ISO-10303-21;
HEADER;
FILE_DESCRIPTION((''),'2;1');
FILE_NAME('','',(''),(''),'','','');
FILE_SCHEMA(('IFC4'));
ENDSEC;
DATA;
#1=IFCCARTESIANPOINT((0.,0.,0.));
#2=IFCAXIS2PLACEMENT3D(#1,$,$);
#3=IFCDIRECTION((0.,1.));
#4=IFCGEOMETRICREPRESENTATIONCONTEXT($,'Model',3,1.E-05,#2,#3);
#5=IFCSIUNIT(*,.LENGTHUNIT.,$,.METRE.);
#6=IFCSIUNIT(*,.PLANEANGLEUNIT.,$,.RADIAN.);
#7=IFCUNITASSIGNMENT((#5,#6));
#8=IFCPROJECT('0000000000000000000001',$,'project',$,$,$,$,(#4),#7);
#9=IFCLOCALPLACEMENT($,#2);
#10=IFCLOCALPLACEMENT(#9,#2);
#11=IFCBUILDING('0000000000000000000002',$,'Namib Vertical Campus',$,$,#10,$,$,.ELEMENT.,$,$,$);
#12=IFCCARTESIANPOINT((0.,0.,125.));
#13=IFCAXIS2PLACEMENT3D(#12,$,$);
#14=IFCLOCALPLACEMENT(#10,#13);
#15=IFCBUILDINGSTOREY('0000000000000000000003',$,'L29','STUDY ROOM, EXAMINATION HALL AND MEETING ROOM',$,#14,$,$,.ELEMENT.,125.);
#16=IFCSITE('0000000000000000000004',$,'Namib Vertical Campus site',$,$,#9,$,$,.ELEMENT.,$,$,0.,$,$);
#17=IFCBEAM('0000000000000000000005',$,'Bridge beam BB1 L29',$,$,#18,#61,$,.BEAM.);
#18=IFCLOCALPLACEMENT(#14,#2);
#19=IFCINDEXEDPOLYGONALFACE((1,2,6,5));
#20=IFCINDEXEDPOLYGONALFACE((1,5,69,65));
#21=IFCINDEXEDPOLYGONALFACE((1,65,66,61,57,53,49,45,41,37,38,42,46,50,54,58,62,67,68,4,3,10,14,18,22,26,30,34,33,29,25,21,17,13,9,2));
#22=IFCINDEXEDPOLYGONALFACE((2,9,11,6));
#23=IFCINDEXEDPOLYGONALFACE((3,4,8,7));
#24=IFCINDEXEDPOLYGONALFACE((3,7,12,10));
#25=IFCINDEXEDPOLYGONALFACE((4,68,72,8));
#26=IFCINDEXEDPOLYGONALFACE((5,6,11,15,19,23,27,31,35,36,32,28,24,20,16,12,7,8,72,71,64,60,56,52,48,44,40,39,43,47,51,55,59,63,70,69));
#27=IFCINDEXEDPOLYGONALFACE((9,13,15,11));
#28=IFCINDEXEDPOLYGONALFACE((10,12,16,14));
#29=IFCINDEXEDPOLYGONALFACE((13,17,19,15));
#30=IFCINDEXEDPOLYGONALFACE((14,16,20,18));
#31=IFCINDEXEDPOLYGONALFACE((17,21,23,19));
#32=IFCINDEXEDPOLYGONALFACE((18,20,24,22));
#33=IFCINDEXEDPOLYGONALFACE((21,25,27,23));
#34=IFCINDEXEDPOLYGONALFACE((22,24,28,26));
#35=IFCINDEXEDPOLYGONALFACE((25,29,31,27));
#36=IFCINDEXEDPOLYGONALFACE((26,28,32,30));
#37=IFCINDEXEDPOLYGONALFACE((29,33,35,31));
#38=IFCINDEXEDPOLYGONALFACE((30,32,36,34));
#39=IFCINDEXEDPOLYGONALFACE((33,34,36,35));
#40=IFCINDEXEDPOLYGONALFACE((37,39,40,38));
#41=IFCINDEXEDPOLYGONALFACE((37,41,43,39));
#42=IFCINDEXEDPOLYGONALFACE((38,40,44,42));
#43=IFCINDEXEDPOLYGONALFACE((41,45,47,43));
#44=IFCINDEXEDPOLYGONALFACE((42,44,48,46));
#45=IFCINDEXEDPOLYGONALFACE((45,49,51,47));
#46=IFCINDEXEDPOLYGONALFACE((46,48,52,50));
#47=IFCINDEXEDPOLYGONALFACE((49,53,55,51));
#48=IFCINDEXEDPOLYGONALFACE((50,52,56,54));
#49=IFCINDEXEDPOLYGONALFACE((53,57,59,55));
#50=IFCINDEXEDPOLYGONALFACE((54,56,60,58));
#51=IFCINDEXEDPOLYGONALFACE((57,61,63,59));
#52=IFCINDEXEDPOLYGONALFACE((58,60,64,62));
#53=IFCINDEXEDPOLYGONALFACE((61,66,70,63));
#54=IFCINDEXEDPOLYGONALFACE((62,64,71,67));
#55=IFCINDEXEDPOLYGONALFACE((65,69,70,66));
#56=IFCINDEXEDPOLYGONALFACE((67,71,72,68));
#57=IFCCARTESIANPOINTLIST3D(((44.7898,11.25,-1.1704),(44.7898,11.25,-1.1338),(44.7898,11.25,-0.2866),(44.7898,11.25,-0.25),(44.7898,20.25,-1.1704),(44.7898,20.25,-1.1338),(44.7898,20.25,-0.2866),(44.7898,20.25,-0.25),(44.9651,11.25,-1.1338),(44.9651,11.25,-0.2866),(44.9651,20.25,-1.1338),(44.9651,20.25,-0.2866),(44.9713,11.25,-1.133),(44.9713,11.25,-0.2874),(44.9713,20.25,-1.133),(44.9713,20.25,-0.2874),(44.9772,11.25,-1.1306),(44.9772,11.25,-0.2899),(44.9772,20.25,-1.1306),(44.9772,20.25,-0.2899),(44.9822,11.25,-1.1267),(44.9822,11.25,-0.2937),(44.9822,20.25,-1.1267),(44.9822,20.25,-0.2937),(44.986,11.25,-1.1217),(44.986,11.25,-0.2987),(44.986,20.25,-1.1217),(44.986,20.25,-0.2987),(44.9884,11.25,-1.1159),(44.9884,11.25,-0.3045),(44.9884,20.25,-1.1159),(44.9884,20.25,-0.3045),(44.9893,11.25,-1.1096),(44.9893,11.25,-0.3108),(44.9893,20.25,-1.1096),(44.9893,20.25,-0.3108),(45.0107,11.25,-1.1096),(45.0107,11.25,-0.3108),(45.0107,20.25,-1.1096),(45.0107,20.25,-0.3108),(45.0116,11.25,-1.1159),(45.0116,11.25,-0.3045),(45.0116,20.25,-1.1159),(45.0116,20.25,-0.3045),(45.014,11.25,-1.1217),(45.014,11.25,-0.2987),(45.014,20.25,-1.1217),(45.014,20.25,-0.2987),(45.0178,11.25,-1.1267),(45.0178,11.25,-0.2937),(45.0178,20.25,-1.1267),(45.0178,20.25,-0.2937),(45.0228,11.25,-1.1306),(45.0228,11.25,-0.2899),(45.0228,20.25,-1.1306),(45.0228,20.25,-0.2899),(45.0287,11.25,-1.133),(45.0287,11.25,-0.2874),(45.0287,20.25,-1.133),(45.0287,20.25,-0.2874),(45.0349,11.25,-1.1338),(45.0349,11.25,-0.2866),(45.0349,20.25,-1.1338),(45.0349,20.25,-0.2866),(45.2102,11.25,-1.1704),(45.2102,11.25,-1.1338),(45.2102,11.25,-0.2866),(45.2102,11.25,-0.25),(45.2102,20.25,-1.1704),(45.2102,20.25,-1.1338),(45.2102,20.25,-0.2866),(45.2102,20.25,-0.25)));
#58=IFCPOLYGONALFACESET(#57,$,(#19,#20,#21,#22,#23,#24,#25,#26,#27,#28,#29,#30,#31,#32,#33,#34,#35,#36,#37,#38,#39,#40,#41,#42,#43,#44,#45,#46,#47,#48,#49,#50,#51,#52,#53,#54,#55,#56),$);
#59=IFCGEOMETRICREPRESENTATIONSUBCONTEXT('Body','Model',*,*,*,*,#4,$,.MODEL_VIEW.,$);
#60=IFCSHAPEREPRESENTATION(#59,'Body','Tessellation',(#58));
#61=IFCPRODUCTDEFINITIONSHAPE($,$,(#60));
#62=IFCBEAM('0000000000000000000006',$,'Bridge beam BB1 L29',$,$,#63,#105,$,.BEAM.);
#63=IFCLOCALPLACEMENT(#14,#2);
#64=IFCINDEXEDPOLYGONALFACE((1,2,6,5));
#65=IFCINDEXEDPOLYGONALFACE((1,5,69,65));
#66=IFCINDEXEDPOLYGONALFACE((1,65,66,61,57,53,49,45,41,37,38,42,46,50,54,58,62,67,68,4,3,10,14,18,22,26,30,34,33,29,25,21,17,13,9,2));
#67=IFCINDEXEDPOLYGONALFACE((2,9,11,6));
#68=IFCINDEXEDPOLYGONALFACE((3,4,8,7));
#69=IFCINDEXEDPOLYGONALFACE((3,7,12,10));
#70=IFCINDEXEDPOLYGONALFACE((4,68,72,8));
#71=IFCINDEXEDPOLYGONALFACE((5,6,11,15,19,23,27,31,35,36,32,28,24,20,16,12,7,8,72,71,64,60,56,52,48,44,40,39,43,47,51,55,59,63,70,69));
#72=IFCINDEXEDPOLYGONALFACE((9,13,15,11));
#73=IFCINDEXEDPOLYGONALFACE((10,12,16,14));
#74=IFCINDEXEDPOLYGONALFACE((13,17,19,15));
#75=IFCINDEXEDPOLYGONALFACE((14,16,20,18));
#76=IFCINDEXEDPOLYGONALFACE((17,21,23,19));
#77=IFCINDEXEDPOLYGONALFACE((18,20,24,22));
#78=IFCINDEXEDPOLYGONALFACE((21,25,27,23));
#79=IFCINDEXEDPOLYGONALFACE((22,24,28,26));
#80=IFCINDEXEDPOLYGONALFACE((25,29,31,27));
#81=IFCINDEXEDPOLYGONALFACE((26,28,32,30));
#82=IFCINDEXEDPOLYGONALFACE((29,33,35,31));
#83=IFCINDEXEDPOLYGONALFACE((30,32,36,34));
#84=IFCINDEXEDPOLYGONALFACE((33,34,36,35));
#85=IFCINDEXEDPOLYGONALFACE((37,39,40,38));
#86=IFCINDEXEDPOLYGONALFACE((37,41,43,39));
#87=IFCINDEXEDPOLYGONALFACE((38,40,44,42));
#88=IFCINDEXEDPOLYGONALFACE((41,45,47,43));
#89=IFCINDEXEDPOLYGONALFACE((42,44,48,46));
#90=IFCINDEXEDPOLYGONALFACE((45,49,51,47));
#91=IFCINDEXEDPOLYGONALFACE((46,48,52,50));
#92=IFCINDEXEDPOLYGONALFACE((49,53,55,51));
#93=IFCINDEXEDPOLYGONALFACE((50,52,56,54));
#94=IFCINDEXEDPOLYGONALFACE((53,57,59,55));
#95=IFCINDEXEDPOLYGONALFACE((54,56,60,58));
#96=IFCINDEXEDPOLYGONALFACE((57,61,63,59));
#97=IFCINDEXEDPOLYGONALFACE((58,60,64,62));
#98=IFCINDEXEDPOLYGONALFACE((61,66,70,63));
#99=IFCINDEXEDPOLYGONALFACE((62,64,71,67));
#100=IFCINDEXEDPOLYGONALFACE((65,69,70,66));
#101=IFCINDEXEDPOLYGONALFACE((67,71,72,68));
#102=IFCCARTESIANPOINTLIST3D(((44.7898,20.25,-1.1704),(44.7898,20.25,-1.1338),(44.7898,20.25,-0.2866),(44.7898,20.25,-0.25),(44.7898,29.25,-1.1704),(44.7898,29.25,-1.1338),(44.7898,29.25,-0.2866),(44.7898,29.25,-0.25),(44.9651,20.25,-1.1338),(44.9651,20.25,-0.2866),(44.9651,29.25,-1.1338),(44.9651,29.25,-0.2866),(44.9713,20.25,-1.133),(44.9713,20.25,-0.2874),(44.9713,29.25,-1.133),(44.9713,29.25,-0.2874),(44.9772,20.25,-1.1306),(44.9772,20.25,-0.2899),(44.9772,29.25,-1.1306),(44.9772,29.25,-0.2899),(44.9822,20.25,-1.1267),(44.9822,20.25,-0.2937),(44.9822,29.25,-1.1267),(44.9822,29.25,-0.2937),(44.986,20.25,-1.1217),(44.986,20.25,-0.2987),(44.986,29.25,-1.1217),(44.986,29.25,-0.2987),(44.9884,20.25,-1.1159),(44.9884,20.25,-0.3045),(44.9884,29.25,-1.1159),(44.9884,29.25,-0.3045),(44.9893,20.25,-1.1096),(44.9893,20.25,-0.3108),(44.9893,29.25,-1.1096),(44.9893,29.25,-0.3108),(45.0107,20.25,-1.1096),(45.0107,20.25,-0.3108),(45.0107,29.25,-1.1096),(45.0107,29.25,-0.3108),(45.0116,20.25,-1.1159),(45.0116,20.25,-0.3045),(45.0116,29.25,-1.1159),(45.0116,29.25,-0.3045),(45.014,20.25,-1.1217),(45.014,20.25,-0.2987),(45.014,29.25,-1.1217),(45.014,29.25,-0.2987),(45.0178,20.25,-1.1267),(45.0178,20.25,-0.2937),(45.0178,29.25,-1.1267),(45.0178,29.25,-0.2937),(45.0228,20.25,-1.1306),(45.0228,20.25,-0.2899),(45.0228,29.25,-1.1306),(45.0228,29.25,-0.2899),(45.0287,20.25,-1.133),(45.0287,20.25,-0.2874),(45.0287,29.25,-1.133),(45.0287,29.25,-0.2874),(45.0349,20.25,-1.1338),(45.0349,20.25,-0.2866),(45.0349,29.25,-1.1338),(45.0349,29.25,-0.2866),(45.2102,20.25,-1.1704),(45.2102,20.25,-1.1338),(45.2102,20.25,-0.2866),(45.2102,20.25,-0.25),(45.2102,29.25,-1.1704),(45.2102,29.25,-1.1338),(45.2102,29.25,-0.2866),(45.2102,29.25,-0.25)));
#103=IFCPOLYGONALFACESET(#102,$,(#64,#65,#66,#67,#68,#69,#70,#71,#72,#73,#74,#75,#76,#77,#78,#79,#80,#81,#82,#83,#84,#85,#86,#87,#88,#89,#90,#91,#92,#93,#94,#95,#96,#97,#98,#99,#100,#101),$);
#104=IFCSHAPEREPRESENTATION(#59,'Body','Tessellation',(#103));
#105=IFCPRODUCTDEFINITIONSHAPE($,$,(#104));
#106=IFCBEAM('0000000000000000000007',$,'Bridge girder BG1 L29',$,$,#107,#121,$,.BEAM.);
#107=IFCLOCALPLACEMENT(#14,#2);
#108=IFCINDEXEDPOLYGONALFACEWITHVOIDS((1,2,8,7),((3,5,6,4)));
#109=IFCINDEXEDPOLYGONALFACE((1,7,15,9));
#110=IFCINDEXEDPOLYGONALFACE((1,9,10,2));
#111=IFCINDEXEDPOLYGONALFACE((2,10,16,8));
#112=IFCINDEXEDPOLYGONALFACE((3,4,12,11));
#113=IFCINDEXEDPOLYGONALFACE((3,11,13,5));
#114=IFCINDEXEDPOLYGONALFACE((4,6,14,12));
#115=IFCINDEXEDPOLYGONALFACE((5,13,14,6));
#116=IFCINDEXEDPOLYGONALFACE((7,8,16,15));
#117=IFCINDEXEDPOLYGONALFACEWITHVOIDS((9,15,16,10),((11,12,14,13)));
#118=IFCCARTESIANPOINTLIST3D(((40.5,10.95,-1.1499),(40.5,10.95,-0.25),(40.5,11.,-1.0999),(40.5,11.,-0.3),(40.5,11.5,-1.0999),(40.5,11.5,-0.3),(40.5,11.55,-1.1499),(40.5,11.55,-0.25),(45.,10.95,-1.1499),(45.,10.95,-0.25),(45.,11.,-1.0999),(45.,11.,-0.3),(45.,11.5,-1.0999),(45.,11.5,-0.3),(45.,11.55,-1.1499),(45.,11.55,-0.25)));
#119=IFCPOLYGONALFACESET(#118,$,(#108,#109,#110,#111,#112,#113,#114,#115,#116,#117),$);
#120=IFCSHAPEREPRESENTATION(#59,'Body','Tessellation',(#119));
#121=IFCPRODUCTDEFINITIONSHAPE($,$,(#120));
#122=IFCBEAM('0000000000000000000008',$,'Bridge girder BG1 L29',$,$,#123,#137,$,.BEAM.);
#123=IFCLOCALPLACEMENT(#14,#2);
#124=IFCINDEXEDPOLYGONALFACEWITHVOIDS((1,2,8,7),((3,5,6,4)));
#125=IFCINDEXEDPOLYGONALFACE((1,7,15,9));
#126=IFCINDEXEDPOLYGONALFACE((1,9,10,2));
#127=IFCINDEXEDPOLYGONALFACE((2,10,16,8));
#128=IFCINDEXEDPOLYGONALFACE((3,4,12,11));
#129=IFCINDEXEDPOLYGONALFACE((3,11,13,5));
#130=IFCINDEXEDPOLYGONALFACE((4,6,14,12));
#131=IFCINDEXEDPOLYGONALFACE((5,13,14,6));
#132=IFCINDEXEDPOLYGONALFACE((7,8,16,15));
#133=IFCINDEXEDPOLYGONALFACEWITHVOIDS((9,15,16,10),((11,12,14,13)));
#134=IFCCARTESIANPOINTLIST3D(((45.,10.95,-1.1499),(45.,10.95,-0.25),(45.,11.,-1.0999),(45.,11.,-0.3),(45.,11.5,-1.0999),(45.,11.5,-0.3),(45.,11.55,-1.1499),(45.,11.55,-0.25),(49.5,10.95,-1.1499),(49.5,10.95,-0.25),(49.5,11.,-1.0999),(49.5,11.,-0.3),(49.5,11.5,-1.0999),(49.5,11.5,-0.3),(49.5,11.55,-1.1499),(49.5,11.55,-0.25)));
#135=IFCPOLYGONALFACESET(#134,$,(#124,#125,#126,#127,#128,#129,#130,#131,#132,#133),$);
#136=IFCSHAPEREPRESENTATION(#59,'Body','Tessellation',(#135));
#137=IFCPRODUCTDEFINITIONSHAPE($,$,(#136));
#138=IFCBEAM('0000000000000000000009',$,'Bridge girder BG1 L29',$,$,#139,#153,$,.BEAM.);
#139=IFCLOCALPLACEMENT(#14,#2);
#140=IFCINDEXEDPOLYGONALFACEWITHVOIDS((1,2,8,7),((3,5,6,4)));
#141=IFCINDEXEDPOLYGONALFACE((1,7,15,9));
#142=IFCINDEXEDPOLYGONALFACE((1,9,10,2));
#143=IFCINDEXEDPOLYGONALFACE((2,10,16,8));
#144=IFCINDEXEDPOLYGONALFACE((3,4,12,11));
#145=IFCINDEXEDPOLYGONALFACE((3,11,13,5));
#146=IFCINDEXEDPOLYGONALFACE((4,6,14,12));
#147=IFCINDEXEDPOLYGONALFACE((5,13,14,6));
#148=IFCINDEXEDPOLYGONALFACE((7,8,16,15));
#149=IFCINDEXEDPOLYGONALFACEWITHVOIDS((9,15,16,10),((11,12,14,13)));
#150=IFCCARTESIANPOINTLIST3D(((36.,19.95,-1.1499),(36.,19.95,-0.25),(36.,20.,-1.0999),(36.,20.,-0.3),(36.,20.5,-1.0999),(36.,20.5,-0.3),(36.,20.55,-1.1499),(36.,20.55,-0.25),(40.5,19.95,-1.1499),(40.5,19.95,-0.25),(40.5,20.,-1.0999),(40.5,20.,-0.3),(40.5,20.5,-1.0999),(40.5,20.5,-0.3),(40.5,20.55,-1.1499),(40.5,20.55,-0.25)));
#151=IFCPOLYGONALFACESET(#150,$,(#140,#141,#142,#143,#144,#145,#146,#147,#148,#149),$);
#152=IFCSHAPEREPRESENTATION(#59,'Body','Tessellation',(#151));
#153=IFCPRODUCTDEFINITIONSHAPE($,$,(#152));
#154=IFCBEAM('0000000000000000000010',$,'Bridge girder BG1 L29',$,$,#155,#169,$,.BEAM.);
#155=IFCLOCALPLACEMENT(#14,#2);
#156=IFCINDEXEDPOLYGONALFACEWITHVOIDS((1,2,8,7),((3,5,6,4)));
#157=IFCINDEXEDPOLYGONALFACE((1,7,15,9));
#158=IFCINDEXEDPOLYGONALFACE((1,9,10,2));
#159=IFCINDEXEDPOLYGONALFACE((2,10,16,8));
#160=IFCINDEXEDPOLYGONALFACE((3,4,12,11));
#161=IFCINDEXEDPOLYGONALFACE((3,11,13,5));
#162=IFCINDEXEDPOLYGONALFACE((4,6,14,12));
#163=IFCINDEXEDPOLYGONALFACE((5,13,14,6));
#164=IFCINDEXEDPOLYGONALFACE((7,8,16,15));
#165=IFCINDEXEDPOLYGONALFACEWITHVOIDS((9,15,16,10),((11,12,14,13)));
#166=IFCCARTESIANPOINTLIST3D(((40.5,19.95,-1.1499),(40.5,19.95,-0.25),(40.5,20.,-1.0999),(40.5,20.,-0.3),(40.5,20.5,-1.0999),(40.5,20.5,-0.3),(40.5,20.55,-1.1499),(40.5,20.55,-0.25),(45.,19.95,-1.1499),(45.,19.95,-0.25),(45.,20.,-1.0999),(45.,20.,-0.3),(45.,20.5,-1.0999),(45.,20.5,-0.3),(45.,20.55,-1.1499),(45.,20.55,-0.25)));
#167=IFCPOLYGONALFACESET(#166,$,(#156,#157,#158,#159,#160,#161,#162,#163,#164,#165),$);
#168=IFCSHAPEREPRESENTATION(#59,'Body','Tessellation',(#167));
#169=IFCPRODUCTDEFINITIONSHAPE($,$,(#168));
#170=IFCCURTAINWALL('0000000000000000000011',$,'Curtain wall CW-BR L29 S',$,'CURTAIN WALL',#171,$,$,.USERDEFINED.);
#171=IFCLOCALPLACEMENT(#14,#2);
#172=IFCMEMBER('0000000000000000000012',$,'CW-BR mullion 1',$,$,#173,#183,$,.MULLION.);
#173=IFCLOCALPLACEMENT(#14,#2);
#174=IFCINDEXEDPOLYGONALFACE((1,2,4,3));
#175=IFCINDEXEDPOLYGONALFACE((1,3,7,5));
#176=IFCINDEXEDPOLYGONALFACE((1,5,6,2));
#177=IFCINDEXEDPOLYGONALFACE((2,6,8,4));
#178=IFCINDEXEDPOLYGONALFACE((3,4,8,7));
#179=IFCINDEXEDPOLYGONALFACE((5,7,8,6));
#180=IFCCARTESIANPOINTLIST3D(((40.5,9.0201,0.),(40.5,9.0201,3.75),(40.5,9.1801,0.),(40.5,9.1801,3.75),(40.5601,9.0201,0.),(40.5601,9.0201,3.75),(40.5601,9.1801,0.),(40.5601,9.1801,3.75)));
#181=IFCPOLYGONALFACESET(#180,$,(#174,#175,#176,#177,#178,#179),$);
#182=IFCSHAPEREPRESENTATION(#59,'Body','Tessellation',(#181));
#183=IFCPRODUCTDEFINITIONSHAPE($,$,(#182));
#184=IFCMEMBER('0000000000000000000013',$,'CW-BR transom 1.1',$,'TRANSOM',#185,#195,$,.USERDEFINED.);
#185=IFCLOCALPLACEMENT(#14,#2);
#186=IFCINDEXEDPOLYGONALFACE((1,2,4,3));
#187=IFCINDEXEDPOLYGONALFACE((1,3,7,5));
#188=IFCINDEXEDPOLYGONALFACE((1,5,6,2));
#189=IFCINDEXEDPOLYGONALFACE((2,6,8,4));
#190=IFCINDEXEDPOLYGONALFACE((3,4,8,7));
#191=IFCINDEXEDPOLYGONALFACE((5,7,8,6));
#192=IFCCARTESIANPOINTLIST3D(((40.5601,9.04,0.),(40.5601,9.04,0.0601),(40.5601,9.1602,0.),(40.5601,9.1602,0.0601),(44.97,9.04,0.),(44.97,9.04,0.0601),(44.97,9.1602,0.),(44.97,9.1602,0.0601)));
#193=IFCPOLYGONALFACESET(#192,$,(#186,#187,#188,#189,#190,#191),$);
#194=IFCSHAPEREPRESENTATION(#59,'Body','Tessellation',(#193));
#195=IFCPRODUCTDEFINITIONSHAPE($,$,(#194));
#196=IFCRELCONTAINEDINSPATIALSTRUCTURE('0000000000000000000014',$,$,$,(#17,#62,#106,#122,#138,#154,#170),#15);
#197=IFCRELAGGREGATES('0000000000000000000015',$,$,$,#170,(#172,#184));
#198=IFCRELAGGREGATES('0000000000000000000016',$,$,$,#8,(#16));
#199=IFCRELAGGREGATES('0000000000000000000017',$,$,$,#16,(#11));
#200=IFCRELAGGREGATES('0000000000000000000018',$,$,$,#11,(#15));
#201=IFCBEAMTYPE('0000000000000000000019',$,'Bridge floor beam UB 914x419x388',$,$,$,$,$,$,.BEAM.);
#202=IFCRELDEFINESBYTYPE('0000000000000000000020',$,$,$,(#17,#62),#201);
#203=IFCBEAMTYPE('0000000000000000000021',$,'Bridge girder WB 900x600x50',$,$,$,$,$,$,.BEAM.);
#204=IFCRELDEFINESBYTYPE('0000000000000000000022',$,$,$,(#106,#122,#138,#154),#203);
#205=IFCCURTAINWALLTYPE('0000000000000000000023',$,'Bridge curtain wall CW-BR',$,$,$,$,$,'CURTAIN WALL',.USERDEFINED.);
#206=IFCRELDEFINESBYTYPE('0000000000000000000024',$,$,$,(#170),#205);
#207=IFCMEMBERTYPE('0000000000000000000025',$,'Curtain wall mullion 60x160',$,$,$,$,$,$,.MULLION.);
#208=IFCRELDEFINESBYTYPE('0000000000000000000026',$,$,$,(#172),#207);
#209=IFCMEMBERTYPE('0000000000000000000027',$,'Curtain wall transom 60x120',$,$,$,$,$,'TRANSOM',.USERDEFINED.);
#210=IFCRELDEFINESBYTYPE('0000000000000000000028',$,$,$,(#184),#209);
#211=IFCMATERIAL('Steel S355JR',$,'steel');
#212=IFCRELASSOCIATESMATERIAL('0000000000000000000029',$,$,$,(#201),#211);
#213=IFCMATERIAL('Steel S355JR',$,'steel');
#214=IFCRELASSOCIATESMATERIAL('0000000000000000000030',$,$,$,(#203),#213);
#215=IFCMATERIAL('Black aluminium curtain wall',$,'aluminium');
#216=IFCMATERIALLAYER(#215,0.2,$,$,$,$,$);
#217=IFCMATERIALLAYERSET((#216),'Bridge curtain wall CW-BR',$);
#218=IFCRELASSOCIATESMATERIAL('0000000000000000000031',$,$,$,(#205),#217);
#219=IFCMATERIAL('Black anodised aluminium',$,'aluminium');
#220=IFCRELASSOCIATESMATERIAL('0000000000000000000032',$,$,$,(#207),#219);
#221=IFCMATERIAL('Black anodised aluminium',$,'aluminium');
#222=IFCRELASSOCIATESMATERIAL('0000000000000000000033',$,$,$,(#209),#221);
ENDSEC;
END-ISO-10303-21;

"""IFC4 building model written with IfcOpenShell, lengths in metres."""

from ifc_helpers import new_model, si_unit, direction, frame, origin, origin_2d, place, context, subcontext, project, spatial, rectangle, hollow_rectangle, i_section, extrude, material, layer, layer_set, material_profile, profile_set, type_object, element, aggregate, save


model = new_model("IFC4")

# Units and contexts
model_context = context("Model", 3, precision=1e-05, world=origin(), true_north=direction((0.0, 1.0)))
body_context = subcontext(model_context, "Body", "Model", "MODEL_VIEW")
ifc_project = project(units=[si_unit("LENGTHUNIT", "METRE"), si_unit("PLANEANGLEUNIT", "RADIAN")], contexts=[model_context])

# Site, building, storey
site_placement = place(None, origin())
site = spatial("IfcSite", under=ifc_project, at=site_placement, Name="Namib Vertical Campus site", CompositionType="ELEMENT", RefElevation=0.0)
building_placement = place(site_placement, origin())
building = spatial("IfcBuilding", under=site, at=building_placement, Name="Namib Vertical Campus", CompositionType="ELEMENT")
storey_placement = place(building_placement, frame((0.0, 0.0, 125.0)))
storey = spatial("IfcBuildingStorey", under=building, at=storey_placement, Name="L29", Description="STUDY ROOM, EXAMINATION HALL AND MEETING ROOM", CompositionType="ELEMENT", Elevation=125.0)

# Beams
ifc_material_1 = material(Name="Steel S355JR", Category="steel")
ifc_material_profile_1 = material_profile(ifc_material_1, i_section(OverallWidth=0.4204, OverallDepth=0.9204, WebThickness=0.0215, FlangeThickness=0.0366, FilletRadius=0.0242, at=origin_2d()))
ifc_profile_set_1 = profile_set([ifc_material_profile_1], Name="Steel S355JR")
beam_type_1 = type_object("IfcBeamType", Name="Bridge floor beam UB 914x419x388", PredefinedType="BEAM", material=ifc_profile_set_1)
for number, where, z_axis, x_axis, name in (
    (1, (45.0, 11.25, -0.7102), (0.0, 1.0, 0.0), (-1.0, 0.0, 0.0), "Bridge beam BB1 L29"),
    (2, (45.0, 20.25, -0.7102), (0.0, 1.0, 0.0), (-1.0, 0.0, 0.0), "Bridge beam BB1 L29"),
):
    element("IfcBeam", number, at=place(storey_placement, frame(where, z_axis=z_axis, x_axis=x_axis)), inside=storey, type_object=beam_type_1, Name=name, PredefinedType="BEAM", context=body_context, shape_type="SweptSolid", body=[
        extrude(i_section(OverallWidth=0.4204, OverallDepth=0.9204, WebThickness=0.0215, FlangeThickness=0.0366, FilletRadius=0.0242, at=origin_2d()), origin(), (0.0, 0.0, 1.0), 9.0),
    ])
ifc_material_2 = material(Name="Steel S355JR", Category="steel")
ifc_material_profile_2 = material_profile(ifc_material_2, hollow_rectangle(XDim=0.6001, YDim=0.8999, WallThickness=0.05, at=origin_2d()))
ifc_profile_set_2 = profile_set([ifc_material_profile_2], Name="Steel S355JR")
beam_type_2 = type_object("IfcBeamType", Name="Bridge girder WB 900x600x50", PredefinedType="BEAM", material=ifc_profile_set_2)
for number, where, z_axis, x_axis, name in (
    (3, (40.5, 11.25, -0.7), (1.0, 0.0, 0.0), (0.0, 1.0, 0.0), "Bridge girder BG1 L29"),
    (4, (45.0, 11.25, -0.7), (1.0, 0.0, 0.0), (0.0, 1.0, 0.0), "Bridge girder BG1 L29"),
    (5, (36.0, 20.25, -0.7), (1.0, 0.0, 0.0), (0.0, 1.0, 0.0), "Bridge girder BG1 L29"),
    (6, (40.5, 20.25, -0.7), (1.0, 0.0, 0.0), (0.0, 1.0, 0.0), "Bridge girder BG1 L29"),
):
    element("IfcBeam", number, at=place(storey_placement, frame(where, z_axis=z_axis, x_axis=x_axis)), inside=storey, type_object=beam_type_2, Name=name, PredefinedType="BEAM", context=body_context, shape_type="SweptSolid", body=[
        extrude(hollow_rectangle(XDim=0.6001, YDim=0.8999, WallThickness=0.05, at=origin_2d()), origin(), (0.0, 0.0, 1.0), 4.5),
    ])

# Curtain wall, members
ifc_material_3 = material(Name="Black aluminium curtain wall", Category="aluminium")
ifc_layer_1 = layer(ifc_material_3, 0.2)
ifc_layer_set_1 = layer_set([ifc_layer_1], Name="Bridge curtain wall CW-BR")
curtain_wall_type = type_object("IfcCurtainWallType", Name="Bridge curtain wall CW-BR", ElementType="CURTAIN WALL", PredefinedType="USERDEFINED", material=ifc_layer_set_1)
curtain_wall_placement = place(storey_placement, origin())
curtain_wall = element("IfcCurtainWall", 7, at=curtain_wall_placement, inside=storey, type_object=curtain_wall_type, Name="Curtain wall CW-BR L29 S", ObjectType="CURTAIN WALL", PredefinedType="USERDEFINED")
ifc_material_4 = material(Name="Black anodised aluminium", Category="aluminium")
ifc_material_profile_3 = material_profile(ifc_material_4, rectangle(XDim=0.0601, YDim=0.1599, at=origin_2d()))
ifc_profile_set_3 = profile_set([ifc_material_profile_3], Name="Black anodised aluminium")
member_type_1 = type_object("IfcMemberType", Name="Curtain wall mullion 60x160", PredefinedType="MULLION", material=ifc_profile_set_3)
member_1_placement = place(storey_placement, frame((40.53, 9.1001, 0.0), z_axis=(0.0, 0.0, 1.0), x_axis=(1.0, 0.0, 0.0)))
member_1 = element("IfcMember", 8, at=member_1_placement, type_object=member_type_1, Name="CW-BR mullion 1", PredefinedType="MULLION", context=body_context, shape_type="SweptSolid", body=[
    extrude(rectangle(XDim=0.0601, YDim=0.1599, at=origin_2d()), origin(), (0.0, 0.0, 1.0), 3.75),
])
ifc_material_5 = material(Name="Black anodised aluminium", Category="aluminium")
ifc_material_profile_4 = material_profile(ifc_material_5, rectangle(XDim=0.0601, YDim=0.1201, at=origin_2d()))
ifc_profile_set_4 = profile_set([ifc_material_profile_4], Name="Black anodised aluminium")
member_type_2 = type_object("IfcMemberType", Name="Curtain wall transom 60x120", ElementType="TRANSOM", PredefinedType="USERDEFINED", material=ifc_profile_set_4)
member_2_placement = place(storey_placement, frame((40.5601, 9.1001, 0.03), z_axis=(1.0, 0.0, 0.0), x_axis=(0.0, 0.0, 1.0)))
member_2 = element("IfcMember", 9, at=member_2_placement, type_object=member_type_2, Name="CW-BR transom 1.1", ObjectType="TRANSOM", PredefinedType="USERDEFINED", context=body_context, shape_type="SweptSolid", body=[
    extrude(rectangle(XDim=0.0601, YDim=0.1201, at=origin_2d()), origin(), (0.0, 0.0, 1.0), 4.4099),
])

aggregate(curtain_wall, [member_1, member_2])

save(model, "model.ifc")
